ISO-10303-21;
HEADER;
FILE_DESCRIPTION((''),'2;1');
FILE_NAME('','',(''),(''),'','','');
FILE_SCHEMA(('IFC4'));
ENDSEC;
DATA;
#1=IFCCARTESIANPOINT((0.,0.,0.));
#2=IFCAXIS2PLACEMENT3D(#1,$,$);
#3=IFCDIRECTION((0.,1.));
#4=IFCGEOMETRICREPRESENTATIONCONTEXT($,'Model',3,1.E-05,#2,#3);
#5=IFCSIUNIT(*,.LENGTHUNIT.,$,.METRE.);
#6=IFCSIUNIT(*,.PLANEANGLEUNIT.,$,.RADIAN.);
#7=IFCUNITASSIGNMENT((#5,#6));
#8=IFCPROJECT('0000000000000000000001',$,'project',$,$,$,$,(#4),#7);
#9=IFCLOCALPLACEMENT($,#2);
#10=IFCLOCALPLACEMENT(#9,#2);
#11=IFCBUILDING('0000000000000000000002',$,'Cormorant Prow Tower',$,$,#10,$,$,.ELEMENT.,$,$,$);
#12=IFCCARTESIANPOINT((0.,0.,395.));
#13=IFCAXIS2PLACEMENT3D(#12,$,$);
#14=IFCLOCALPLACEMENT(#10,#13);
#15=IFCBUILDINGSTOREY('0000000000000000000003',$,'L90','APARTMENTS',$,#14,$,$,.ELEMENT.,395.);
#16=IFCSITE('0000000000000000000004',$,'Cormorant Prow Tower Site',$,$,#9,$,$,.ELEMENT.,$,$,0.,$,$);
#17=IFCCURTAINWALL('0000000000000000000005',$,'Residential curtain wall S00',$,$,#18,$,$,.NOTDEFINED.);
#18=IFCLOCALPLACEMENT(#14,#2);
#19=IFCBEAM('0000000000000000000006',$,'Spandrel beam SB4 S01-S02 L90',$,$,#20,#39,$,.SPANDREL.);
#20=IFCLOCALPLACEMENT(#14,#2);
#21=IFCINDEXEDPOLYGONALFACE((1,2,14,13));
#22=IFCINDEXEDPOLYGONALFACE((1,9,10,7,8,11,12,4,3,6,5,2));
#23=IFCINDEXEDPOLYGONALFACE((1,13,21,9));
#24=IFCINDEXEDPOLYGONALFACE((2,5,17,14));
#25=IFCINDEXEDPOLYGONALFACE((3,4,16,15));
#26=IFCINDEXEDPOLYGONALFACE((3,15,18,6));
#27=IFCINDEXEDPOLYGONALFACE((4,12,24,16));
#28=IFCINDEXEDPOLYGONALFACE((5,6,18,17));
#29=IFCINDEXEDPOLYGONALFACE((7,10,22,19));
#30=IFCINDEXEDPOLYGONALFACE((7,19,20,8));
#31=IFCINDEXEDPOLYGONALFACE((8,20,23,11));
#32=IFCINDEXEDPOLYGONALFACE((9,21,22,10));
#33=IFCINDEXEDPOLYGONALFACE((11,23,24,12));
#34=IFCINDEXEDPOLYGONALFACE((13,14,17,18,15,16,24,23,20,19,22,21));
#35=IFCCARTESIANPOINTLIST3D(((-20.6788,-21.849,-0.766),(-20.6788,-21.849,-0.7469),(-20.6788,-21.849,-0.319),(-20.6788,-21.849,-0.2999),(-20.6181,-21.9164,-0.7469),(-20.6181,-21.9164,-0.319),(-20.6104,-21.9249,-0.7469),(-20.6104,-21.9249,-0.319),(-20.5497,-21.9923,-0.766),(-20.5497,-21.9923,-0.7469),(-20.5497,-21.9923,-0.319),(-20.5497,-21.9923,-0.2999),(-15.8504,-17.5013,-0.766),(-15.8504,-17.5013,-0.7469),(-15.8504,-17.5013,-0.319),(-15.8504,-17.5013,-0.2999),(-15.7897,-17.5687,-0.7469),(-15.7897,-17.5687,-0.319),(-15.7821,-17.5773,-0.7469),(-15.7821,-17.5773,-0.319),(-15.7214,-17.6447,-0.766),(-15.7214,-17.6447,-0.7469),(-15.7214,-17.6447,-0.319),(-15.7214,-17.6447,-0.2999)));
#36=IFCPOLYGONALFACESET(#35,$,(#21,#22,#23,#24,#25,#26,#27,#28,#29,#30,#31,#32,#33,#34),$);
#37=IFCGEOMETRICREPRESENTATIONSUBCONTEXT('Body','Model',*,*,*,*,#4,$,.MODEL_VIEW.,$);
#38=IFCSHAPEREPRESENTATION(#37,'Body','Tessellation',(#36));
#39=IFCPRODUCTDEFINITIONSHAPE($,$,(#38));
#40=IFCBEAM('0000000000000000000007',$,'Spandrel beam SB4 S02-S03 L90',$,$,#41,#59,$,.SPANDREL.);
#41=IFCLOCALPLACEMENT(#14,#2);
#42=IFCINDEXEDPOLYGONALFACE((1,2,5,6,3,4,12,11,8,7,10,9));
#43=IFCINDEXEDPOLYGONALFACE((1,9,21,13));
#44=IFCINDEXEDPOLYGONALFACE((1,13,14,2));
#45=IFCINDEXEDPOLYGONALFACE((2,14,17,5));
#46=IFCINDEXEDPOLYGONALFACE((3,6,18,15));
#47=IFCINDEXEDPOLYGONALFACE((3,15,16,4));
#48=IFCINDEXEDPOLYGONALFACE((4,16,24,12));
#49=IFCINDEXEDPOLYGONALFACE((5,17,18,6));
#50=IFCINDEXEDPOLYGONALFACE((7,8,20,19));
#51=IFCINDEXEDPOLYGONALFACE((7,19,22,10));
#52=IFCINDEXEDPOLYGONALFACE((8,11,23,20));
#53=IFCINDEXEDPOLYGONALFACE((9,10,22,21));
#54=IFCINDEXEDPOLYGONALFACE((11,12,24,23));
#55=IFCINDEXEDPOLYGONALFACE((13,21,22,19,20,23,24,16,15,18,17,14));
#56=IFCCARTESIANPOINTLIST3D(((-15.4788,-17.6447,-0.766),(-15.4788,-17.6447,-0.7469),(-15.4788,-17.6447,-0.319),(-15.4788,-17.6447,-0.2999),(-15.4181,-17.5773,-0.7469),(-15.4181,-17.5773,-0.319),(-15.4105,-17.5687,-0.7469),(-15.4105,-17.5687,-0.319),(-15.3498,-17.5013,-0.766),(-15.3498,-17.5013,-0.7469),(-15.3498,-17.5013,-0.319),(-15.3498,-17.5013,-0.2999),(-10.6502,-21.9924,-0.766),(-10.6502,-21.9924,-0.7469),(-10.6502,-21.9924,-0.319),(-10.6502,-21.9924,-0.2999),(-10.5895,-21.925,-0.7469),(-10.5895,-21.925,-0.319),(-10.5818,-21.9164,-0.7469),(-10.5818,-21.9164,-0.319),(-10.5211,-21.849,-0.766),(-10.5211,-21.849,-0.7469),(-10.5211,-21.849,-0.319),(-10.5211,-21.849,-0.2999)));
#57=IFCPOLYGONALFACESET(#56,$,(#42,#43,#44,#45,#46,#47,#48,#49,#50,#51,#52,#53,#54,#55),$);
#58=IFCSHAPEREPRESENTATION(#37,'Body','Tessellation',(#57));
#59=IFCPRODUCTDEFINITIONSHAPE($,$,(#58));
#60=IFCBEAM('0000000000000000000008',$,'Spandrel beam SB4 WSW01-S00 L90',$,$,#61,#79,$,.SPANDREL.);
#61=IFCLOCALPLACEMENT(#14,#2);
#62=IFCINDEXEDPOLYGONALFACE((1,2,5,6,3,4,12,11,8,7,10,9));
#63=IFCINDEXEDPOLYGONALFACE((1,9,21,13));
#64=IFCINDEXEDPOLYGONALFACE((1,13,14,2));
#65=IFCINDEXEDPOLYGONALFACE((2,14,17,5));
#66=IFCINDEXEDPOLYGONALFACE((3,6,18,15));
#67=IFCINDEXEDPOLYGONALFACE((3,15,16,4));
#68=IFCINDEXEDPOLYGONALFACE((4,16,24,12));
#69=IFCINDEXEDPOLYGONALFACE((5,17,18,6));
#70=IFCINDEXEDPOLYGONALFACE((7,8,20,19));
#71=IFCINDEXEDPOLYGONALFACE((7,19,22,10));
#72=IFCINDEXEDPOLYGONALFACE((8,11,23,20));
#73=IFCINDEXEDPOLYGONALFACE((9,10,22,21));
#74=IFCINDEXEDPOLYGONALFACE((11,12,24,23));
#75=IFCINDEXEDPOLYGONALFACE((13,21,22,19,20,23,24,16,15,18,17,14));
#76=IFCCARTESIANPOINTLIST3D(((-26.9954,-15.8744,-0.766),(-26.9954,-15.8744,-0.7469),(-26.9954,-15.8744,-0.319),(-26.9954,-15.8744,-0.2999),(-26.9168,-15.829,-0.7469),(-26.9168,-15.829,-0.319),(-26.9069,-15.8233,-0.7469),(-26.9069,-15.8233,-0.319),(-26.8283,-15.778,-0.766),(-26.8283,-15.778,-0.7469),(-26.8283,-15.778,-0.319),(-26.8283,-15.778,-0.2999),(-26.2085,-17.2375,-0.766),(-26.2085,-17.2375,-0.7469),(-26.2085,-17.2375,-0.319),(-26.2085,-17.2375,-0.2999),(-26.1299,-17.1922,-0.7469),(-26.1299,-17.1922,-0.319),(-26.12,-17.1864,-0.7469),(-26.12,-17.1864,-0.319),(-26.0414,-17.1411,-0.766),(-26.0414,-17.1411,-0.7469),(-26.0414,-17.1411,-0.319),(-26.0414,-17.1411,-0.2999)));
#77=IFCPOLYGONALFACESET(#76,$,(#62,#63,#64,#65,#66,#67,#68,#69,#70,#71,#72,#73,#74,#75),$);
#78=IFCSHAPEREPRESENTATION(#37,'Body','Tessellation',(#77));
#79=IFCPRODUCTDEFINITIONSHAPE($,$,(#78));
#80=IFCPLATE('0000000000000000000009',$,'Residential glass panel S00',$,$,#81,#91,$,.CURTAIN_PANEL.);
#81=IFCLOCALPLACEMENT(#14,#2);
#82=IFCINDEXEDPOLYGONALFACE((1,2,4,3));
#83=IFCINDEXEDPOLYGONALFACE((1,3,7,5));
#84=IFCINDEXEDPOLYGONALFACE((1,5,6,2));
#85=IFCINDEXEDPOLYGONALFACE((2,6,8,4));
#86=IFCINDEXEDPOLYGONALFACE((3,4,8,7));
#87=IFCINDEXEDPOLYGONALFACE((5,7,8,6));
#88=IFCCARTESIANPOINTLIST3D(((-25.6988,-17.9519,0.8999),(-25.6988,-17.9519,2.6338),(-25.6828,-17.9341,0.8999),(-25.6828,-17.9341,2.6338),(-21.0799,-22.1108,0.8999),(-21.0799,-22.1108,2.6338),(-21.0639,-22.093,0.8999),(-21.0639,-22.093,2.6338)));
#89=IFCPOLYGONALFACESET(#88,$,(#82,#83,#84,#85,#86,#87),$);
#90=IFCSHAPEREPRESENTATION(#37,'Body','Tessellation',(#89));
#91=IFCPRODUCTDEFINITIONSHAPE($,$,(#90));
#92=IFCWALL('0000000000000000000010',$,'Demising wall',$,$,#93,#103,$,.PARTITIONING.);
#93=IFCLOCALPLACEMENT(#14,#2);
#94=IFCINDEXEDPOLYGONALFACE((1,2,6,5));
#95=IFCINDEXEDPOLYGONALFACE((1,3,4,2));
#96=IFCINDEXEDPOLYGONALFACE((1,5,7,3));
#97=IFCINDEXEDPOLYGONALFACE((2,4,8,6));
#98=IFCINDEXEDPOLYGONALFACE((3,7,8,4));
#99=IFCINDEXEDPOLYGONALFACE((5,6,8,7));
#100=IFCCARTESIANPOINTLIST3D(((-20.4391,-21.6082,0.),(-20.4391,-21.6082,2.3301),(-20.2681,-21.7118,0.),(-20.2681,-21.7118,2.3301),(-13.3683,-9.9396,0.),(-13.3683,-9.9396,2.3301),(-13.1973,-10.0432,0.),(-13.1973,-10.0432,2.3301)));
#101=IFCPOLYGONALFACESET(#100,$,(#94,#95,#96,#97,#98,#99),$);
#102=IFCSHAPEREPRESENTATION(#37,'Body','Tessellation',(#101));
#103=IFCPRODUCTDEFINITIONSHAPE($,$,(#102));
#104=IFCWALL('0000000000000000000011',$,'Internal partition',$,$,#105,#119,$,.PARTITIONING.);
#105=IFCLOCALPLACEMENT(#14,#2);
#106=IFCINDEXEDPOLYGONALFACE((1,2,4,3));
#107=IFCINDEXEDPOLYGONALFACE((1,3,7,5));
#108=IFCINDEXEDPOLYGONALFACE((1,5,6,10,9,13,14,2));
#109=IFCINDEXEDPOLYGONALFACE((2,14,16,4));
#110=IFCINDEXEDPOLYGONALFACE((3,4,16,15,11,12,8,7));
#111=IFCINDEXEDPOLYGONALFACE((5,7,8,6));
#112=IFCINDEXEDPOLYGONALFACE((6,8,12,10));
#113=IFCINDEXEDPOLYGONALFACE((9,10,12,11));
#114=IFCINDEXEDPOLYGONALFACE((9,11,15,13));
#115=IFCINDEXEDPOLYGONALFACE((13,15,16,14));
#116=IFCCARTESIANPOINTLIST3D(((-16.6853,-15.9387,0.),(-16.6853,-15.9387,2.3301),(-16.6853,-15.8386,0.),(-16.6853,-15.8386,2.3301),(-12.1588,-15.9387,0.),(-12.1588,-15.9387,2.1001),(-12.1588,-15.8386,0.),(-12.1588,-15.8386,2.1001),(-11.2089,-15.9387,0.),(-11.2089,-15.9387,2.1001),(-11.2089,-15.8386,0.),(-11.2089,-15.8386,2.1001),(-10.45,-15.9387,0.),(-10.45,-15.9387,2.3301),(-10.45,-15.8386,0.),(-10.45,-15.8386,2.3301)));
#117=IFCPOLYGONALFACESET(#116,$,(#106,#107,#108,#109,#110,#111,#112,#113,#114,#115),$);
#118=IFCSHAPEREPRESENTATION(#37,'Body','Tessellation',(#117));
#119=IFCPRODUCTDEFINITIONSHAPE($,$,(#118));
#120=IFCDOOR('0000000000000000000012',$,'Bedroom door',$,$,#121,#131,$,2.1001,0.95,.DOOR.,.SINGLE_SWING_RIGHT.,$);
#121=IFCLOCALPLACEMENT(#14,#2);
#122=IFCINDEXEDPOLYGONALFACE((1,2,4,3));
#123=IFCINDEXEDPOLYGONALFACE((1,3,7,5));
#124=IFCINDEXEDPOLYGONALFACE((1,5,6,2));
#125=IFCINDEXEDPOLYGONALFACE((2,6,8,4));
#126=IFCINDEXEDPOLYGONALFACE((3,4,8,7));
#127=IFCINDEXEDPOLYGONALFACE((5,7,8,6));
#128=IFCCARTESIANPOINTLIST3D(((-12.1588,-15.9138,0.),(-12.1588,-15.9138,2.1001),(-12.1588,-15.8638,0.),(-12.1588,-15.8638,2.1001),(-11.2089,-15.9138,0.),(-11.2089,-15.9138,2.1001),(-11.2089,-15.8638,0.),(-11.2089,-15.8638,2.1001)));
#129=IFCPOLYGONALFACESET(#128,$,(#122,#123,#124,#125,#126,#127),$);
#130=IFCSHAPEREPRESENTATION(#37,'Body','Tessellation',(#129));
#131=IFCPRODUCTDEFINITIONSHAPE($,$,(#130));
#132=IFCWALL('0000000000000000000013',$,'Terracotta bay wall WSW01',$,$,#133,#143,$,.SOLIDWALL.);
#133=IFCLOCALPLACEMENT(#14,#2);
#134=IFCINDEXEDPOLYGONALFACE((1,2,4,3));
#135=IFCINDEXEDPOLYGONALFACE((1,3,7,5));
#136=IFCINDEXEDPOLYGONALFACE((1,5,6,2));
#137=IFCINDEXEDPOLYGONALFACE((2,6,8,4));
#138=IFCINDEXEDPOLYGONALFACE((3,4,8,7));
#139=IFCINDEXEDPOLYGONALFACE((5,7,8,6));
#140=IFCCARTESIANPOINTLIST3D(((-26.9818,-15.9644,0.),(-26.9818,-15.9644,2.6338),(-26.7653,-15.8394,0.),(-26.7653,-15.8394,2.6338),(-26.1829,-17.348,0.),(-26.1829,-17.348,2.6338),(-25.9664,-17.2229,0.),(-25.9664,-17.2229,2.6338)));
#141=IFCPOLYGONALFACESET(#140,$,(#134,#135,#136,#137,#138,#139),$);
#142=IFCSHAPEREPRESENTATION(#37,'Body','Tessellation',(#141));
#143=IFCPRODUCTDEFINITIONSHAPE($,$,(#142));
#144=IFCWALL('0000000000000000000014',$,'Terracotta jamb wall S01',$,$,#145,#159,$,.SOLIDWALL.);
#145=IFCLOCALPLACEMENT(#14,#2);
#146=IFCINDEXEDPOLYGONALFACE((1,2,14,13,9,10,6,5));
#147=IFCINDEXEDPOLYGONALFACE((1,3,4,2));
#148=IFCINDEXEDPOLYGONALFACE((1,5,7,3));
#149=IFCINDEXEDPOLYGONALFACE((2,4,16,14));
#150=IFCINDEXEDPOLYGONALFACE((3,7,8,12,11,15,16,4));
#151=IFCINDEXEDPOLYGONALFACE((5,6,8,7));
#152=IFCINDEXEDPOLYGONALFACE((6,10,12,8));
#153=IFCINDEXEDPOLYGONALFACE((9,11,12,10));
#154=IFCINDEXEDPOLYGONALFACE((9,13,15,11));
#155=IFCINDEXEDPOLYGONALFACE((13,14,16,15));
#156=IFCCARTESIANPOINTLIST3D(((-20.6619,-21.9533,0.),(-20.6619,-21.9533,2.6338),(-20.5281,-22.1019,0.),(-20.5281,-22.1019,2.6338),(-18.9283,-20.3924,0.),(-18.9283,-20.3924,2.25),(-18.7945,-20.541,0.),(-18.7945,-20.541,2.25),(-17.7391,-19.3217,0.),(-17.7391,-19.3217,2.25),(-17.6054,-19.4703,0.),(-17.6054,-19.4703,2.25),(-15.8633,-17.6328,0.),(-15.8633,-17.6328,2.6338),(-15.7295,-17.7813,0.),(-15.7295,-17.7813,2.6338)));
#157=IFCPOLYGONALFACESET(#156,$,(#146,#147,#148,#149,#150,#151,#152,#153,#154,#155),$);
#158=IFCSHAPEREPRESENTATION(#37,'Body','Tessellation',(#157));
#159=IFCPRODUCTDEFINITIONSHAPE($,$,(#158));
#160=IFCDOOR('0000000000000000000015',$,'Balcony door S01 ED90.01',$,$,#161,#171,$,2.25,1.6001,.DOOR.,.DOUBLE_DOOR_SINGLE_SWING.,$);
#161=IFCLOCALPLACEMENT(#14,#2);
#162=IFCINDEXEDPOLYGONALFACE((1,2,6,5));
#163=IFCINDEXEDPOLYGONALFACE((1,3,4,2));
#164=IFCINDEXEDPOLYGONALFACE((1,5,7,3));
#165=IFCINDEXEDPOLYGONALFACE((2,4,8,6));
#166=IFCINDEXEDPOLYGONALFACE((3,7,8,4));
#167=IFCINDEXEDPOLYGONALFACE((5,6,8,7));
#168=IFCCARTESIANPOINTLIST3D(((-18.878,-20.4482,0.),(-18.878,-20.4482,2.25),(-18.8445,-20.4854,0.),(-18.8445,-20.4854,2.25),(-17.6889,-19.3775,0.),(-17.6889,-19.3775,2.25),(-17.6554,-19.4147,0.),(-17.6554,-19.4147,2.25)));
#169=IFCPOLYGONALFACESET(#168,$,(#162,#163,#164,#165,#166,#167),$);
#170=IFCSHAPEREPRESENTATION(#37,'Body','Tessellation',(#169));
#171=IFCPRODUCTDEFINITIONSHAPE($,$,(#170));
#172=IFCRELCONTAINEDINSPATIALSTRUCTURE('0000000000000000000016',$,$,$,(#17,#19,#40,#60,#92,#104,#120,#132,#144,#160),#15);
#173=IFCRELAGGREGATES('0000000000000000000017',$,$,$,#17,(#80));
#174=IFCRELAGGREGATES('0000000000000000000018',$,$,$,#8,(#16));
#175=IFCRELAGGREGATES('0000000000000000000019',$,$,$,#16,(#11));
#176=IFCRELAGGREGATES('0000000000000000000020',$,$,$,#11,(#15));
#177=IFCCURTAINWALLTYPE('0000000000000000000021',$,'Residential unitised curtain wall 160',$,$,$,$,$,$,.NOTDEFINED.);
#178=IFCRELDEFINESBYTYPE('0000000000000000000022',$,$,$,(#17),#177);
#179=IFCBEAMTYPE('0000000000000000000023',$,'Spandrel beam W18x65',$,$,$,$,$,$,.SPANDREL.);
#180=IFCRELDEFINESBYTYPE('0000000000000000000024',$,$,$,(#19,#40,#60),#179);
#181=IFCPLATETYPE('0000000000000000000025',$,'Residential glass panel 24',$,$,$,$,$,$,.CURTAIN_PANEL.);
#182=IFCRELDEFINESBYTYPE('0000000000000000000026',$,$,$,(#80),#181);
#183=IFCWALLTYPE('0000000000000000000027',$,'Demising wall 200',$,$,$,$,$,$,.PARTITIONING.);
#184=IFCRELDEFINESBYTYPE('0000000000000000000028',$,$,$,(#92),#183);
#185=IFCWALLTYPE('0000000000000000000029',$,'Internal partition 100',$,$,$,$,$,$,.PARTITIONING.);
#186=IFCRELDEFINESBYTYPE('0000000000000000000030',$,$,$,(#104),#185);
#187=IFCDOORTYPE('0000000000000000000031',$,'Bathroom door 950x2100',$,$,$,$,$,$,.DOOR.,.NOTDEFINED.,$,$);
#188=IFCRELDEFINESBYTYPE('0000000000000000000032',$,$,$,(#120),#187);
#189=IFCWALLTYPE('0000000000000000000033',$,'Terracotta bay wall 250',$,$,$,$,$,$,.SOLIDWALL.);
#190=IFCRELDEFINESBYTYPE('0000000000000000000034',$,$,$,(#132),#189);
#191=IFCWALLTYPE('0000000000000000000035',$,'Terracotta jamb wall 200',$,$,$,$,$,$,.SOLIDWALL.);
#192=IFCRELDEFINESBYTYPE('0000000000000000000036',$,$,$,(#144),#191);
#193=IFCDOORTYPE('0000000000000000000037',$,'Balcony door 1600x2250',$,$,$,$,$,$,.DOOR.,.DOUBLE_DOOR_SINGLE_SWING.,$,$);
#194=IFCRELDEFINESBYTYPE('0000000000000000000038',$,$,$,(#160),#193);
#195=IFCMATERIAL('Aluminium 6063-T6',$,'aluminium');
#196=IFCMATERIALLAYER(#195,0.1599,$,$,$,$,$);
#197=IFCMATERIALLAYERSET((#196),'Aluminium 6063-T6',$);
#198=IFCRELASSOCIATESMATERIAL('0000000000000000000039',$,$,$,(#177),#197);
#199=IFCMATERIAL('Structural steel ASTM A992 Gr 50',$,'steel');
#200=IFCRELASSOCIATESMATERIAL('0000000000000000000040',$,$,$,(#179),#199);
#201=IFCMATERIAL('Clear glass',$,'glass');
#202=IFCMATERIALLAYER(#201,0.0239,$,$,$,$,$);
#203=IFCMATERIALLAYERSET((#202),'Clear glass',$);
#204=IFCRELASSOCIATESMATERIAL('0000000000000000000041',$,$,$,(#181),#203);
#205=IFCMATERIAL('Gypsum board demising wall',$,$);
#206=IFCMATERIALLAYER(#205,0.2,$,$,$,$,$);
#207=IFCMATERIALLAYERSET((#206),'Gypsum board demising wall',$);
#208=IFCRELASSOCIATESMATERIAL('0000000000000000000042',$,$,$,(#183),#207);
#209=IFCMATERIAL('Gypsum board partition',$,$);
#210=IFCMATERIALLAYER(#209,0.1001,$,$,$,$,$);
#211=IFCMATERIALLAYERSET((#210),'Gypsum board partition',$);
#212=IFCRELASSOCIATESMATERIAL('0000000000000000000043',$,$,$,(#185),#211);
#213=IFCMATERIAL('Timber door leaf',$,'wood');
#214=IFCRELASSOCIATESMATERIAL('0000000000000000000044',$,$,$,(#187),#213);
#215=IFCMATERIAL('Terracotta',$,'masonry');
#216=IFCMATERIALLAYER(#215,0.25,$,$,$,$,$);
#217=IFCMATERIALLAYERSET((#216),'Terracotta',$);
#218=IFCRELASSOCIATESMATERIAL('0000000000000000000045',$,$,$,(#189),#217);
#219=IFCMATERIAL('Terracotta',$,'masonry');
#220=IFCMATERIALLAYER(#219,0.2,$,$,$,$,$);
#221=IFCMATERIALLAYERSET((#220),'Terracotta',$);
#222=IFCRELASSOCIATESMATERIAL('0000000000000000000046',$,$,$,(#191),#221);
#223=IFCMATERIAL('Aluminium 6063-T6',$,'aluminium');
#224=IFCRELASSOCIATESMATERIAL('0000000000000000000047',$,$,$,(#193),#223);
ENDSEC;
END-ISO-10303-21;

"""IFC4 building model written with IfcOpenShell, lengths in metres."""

from ifc_helpers import new_model, si_unit, direction, frame, frame_2d, origin, origin_2d, place, context, subcontext, project, spatial, rectangle, i_section, extrude, material, layer, layer_set, material_profile, profile_set, type_object, element, fill, aggregate, save


model = new_model("IFC4")

# Units and contexts
model_context = context("Model", 3, precision=1e-05, world=origin(), true_north=direction((0.0, 1.0)))
body_context = subcontext(model_context, "Body", "Model", "MODEL_VIEW")
ifc_project = project(units=[si_unit("LENGTHUNIT", "METRE"), si_unit("PLANEANGLEUNIT", "RADIAN")], contexts=[model_context])

# Site, building, storey
site_placement = place(None, origin())
site = spatial("IfcSite", under=ifc_project, at=site_placement, Name="Cormorant Prow Tower Site", CompositionType="ELEMENT", RefElevation=0.0)
building_placement = place(site_placement, origin())
building = spatial("IfcBuilding", under=site, at=building_placement, Name="Cormorant Prow Tower", CompositionType="ELEMENT")
storey_placement = place(building_placement, frame((0.0, 0.0, 395.0)))
storey = spatial("IfcBuildingStorey", under=building, at=storey_placement, Name="L90", Description="APARTMENTS", CompositionType="ELEMENT", Elevation=395.0)

# Curtain wall
ifc_material_1 = material(Name="Aluminium 6063-T6", Category="aluminium")
ifc_layer_1 = layer(ifc_material_1, 0.1599)
ifc_layer_set_1 = layer_set([ifc_layer_1], Name="Aluminium 6063-T6")
curtain_wall_type = type_object("IfcCurtainWallType", Name="Residential unitised curtain wall 160", PredefinedType="NOTDEFINED", material=ifc_layer_set_1)
curtain_wall_1_placement = place(storey_placement, origin())
curtain_wall_1 = element("IfcCurtainWall", 1, at=curtain_wall_1_placement, inside=storey, type_object=curtain_wall_type, Name="Residential curtain wall S00", PredefinedType="NOTDEFINED")

# Beams
ifc_material_2 = material(Name="Structural steel ASTM A992 Gr 50", Category="steel")
ifc_material_profile_1 = material_profile(ifc_material_2, i_section(OverallWidth=0.1929, OverallDepth=0.4661, WebThickness=0.0115, FlangeThickness=0.019, at=origin_2d()), Name="W18x65")
ifc_profile_set_1 = profile_set([ifc_material_profile_1], Name="Structural steel ASTM A992 Gr 50")
beam_type = type_object("IfcBeamType", Name="Spandrel beam W18x65", PredefinedType="SPANDREL", material=ifc_profile_set_1)
for number, where, z_axis, x_axis, name in (
    (2, (-20.6143, -21.9207, -0.533), (0.743132, 0.669145, 0.0), (-0.669145, 0.743132, 0.0), "Spandrel beam SB4 S01-S02 L90"),
):
    element("IfcBeam", number, at=place(storey_placement, frame(where, z_axis=z_axis, x_axis=x_axis)), inside=storey, type_object=beam_type, Name=name, PredefinedType="SPANDREL", context=body_context, shape_type="SweptSolid", body=[
        extrude(i_section(OverallWidth=0.1929, OverallDepth=0.4661, WebThickness=0.0115, FlangeThickness=0.019, at=origin_2d()), origin(), (0.0, 0.0, 1.0), 6.4973),
    ])
beam_1_placement = place(storey_placement, frame((-15.4143, -17.573, -0.533), z_axis=(0.743148, -0.669127, 0.0), x_axis=(0.669127, 0.743148, 0.0)))
element("IfcBeam", 3, at=beam_1_placement, inside=storey, type_object=beam_type, Name="Spandrel beam SB4 S02-S03 L90", PredefinedType="SPANDREL", context=body_context, shape_type="SweptSolid", body=[
    extrude(i_section(OverallWidth=0.1929, OverallDepth=0.4661, WebThickness=0.0115, FlangeThickness=0.019, at=origin_2d()), origin(), (0.0, 0.0, 1.0), 6.4976),
])
beam_2_placement = place(storey_placement, frame((-26.9119, -15.8262, -0.533), z_axis=(0.49996, -0.866049, 0.0), x_axis=(0.866049, 0.49996, 0.0)))
element("IfcBeam", 4, at=beam_2_placement, inside=storey, type_object=beam_type, Name="Spandrel beam SB4 WSW01-S00 L90", PredefinedType="SPANDREL", context=body_context, shape_type="SweptSolid", body=[
    extrude(i_section(OverallWidth=0.1929, OverallDepth=0.4661, WebThickness=0.0115, FlangeThickness=0.019, at=origin_2d()), origin(), (0.0, 0.0, 1.0), 1.574),
])

# Plate
ifc_material_3 = material(Name="Clear glass", Category="glass")
ifc_layer_2 = layer(ifc_material_3, 0.0239)
ifc_layer_set_2 = layer_set([ifc_layer_2], Name="Clear glass")
plate_type = type_object("IfcPlateType", Name="Residential glass panel 24", PredefinedType="CURTAIN_PANEL", material=ifc_layer_set_2)
plate_placement = place(storey_placement, frame((-23.3813, -20.0225, 0.8999), z_axis=(0.0, 0.0, 1.0), x_axis=(0.743145, -0.669131, 0.0)))
plate = element("IfcPlate", 5, at=plate_placement, type_object=plate_type, Name="Residential glass panel S00", PredefinedType="CURTAIN_PANEL", context=body_context, shape_type="SweptSolid", body=[
    extrude(rectangle(XDim=6.2153, YDim=0.0239, at=origin_2d()), origin(), (0.0, 0.0, 1.0), 1.7339),
])
aggregate(curtain_wall_1, [plate])

# Wall
ifc_material_4 = material(Name="Gypsum board demising wall")
ifc_layer_3 = layer(ifc_material_4, 0.2)
ifc_layer_set_3 = layer_set([ifc_layer_3], Name="Gypsum board demising wall")
wall_type_1 = type_object("IfcWallType", Name="Demising wall 200", PredefinedType="PARTITIONING", material=ifc_layer_set_3)
wall_1_placement = place(storey_placement, frame((-20.3535, -21.6599, 0.0), z_axis=(0.0, 0.0, 1.0), x_axis=(0.518241, 0.855235, 0.0)))
element("IfcWall", 6, at=wall_1_placement, inside=storey, type_object=wall_type_1, Name="Demising wall", PredefinedType="PARTITIONING", context=body_context, shape_type="SweptSolid", body=[
    extrude(rectangle(XDim=13.6438, YDim=0.2, at=frame_2d((6.8218, 0.0))), origin(), (0.0, 0.0, 1.0), 2.3301),
])

# Wall, opening, door
ifc_material_5 = material(Name="Gypsum board partition")
ifc_layer_4 = layer(ifc_material_5, 0.1001)
ifc_layer_set_4 = layer_set([ifc_layer_4], Name="Gypsum board partition")
wall_type_2 = type_object("IfcWallType", Name="Internal partition 100", PredefinedType="PARTITIONING", material=ifc_layer_set_4)
wall_2_placement = place(storey_placement, frame((-16.6853, -15.8887, 0.0), z_axis=(0.0, 0.0, 1.0), x_axis=(1.0, 0.0, 0.0)))
wall_2 = element("IfcWall", 7, at=wall_2_placement, inside=storey, type_object=wall_type_2, Name="Internal partition", PredefinedType="PARTITIONING", context=body_context, shape_type="SweptSolid", body=[
    extrude(rectangle(XDim=6.2354, YDim=0.1001, at=frame_2d((3.1177, 0.0))), origin(), (0.0, 0.0, 1.0), 2.3301),
])
opening_1_placement = place(wall_2_placement, frame((4.5264, 0.0, 0.0)))
opening_1 = element("IfcOpeningElement", 8, at=opening_1_placement, cuts=wall_2, PredefinedType="OPENING", context=body_context, shape_type="SweptSolid", body=[
    extrude(rectangle(XDim=0.95, YDim=2.1001, at=frame_2d((0.4751, 1.05))), frame((0.0, 0.0601, 0.0), z_axis=(0.0, -1.0, 0.0), x_axis=(1.0, 0.0, 0.0)), (0.0, 0.0, 1.0), 0.1201),
])
ifc_material_6 = material(Name="Timber door leaf", Category="wood")
door_type_1 = type_object("IfcDoorType", Name="Bathroom door 950x2100", OperationType="NOTDEFINED", PredefinedType="DOOR", material=ifc_material_6)
door_1_placement = place(opening_1_placement, origin())
door_1 = element("IfcDoor", 9, at=door_1_placement, inside=storey, type_object=door_type_1, Name="Bedroom door", OperationType="SINGLE_SWING_RIGHT", OverallHeight=2.1001, OverallWidth=0.95, PredefinedType="DOOR", context=body_context, shape_type="SweptSolid", body=[
    extrude(rectangle(XDim=0.95, YDim=2.1001, at=frame_2d((0.4751, 1.05))), frame((0.0, 0.0249, 0.0), z_axis=(0.0, -1.0, 0.0), x_axis=(1.0, 0.0, 0.0)), (0.0, 0.0, 1.0), 0.05),
])
fill(opening_1, door_1)

# Wall
ifc_material_7 = material(Name="Terracotta", Category="masonry")
ifc_layer_5 = layer(ifc_material_7, 0.25)
ifc_layer_set_5 = layer_set([ifc_layer_5], Name="Terracotta")
wall_type_3 = type_object("IfcWallType", Name="Terracotta bay wall 250", PredefinedType="SOLIDWALL", material=ifc_layer_set_5)
wall_3_placement = place(storey_placement, frame((-26.8735, -15.9019, 0.0), z_axis=(0.0, 0.0, 1.0), x_axis=(0.500018, -0.866015, 0.0)))
element("IfcWall", 10, at=wall_3_placement, inside=storey, type_object=wall_type_3, Name="Terracotta bay wall WSW01", PredefinedType="SOLIDWALL", context=body_context, shape_type="SweptSolid", body=[
    extrude(rectangle(XDim=1.5977, YDim=0.25, at=frame_2d((0.7988, 0.0))), origin(), (0.0, 0.0, 1.0), 2.6338),
])

# Wall, opening, door
ifc_material_8 = material(Name="Terracotta", Category="masonry")
ifc_layer_6 = layer(ifc_material_8, 0.2)
ifc_layer_set_6 = layer_set([ifc_layer_6], Name="Terracotta")
wall_type_4 = type_object("IfcWallType", Name="Terracotta jamb wall 200", PredefinedType="SOLIDWALL", material=ifc_layer_set_6)
wall_4_placement = place(storey_placement, frame((-20.595, -22.0276, 0.0), z_axis=(0.0, 0.0, 1.0), x_axis=(0.743153, 0.669121, 0.0)))
wall_4 = element("IfcWall", 11, at=wall_4_placement, inside=storey, type_object=wall_type_4, Name="Terracotta jamb wall S01", PredefinedType="SOLIDWALL", context=body_context, shape_type="SweptSolid", body=[
    extrude(rectangle(XDim=6.457, YDim=0.2, at=frame_2d((3.2285, 0.0))), origin(), (0.0, 0.0, 1.0), 2.6338),
])
opening_2_placement = place(wall_4_placement, frame((2.3328, 0.0, 0.0)))
opening_2 = element("IfcOpeningElement", 12, at=opening_2_placement, cuts=wall_4, PredefinedType="OPENING", context=body_context, shape_type="SweptSolid", body=[
    extrude(rectangle(XDim=1.6001, YDim=2.25, at=frame_2d((0.8, 1.125))), frame((0.0, 0.1099, 0.0), z_axis=(0.0, -1.0, 0.0), x_axis=(1.0, 0.0, 0.0)), (0.0, 0.0, 1.0), 0.22),
])
ifc_material_9 = material(Name="Aluminium 6063-T6", Category="aluminium")
door_type_2 = type_object("IfcDoorType", Name="Balcony door 1600x2250", OperationType="DOUBLE_DOOR_SINGLE_SWING", PredefinedType="DOOR", material=ifc_material_9)
door_2_placement = place(opening_2_placement, origin())
door_2 = element("IfcDoor", 13, at=door_2_placement, inside=storey, type_object=door_type_2, Name="Balcony door S01 ED90.01", OperationType="DOUBLE_DOOR_SINGLE_SWING", OverallHeight=2.25, OverallWidth=1.6001, PredefinedType="DOOR", context=body_context, shape_type="SweptSolid", body=[
    extrude(rectangle(XDim=1.6001, YDim=2.25, at=frame_2d((0.8, 1.125))), frame((0.0, 0.0249, 0.0), z_axis=(0.0, -1.0, 0.0), x_axis=(1.0, 0.0, 0.0)), (0.0, 0.0, 1.0), 0.05),
])
fill(opening_2, door_2)

save(model, "model.ifc")
